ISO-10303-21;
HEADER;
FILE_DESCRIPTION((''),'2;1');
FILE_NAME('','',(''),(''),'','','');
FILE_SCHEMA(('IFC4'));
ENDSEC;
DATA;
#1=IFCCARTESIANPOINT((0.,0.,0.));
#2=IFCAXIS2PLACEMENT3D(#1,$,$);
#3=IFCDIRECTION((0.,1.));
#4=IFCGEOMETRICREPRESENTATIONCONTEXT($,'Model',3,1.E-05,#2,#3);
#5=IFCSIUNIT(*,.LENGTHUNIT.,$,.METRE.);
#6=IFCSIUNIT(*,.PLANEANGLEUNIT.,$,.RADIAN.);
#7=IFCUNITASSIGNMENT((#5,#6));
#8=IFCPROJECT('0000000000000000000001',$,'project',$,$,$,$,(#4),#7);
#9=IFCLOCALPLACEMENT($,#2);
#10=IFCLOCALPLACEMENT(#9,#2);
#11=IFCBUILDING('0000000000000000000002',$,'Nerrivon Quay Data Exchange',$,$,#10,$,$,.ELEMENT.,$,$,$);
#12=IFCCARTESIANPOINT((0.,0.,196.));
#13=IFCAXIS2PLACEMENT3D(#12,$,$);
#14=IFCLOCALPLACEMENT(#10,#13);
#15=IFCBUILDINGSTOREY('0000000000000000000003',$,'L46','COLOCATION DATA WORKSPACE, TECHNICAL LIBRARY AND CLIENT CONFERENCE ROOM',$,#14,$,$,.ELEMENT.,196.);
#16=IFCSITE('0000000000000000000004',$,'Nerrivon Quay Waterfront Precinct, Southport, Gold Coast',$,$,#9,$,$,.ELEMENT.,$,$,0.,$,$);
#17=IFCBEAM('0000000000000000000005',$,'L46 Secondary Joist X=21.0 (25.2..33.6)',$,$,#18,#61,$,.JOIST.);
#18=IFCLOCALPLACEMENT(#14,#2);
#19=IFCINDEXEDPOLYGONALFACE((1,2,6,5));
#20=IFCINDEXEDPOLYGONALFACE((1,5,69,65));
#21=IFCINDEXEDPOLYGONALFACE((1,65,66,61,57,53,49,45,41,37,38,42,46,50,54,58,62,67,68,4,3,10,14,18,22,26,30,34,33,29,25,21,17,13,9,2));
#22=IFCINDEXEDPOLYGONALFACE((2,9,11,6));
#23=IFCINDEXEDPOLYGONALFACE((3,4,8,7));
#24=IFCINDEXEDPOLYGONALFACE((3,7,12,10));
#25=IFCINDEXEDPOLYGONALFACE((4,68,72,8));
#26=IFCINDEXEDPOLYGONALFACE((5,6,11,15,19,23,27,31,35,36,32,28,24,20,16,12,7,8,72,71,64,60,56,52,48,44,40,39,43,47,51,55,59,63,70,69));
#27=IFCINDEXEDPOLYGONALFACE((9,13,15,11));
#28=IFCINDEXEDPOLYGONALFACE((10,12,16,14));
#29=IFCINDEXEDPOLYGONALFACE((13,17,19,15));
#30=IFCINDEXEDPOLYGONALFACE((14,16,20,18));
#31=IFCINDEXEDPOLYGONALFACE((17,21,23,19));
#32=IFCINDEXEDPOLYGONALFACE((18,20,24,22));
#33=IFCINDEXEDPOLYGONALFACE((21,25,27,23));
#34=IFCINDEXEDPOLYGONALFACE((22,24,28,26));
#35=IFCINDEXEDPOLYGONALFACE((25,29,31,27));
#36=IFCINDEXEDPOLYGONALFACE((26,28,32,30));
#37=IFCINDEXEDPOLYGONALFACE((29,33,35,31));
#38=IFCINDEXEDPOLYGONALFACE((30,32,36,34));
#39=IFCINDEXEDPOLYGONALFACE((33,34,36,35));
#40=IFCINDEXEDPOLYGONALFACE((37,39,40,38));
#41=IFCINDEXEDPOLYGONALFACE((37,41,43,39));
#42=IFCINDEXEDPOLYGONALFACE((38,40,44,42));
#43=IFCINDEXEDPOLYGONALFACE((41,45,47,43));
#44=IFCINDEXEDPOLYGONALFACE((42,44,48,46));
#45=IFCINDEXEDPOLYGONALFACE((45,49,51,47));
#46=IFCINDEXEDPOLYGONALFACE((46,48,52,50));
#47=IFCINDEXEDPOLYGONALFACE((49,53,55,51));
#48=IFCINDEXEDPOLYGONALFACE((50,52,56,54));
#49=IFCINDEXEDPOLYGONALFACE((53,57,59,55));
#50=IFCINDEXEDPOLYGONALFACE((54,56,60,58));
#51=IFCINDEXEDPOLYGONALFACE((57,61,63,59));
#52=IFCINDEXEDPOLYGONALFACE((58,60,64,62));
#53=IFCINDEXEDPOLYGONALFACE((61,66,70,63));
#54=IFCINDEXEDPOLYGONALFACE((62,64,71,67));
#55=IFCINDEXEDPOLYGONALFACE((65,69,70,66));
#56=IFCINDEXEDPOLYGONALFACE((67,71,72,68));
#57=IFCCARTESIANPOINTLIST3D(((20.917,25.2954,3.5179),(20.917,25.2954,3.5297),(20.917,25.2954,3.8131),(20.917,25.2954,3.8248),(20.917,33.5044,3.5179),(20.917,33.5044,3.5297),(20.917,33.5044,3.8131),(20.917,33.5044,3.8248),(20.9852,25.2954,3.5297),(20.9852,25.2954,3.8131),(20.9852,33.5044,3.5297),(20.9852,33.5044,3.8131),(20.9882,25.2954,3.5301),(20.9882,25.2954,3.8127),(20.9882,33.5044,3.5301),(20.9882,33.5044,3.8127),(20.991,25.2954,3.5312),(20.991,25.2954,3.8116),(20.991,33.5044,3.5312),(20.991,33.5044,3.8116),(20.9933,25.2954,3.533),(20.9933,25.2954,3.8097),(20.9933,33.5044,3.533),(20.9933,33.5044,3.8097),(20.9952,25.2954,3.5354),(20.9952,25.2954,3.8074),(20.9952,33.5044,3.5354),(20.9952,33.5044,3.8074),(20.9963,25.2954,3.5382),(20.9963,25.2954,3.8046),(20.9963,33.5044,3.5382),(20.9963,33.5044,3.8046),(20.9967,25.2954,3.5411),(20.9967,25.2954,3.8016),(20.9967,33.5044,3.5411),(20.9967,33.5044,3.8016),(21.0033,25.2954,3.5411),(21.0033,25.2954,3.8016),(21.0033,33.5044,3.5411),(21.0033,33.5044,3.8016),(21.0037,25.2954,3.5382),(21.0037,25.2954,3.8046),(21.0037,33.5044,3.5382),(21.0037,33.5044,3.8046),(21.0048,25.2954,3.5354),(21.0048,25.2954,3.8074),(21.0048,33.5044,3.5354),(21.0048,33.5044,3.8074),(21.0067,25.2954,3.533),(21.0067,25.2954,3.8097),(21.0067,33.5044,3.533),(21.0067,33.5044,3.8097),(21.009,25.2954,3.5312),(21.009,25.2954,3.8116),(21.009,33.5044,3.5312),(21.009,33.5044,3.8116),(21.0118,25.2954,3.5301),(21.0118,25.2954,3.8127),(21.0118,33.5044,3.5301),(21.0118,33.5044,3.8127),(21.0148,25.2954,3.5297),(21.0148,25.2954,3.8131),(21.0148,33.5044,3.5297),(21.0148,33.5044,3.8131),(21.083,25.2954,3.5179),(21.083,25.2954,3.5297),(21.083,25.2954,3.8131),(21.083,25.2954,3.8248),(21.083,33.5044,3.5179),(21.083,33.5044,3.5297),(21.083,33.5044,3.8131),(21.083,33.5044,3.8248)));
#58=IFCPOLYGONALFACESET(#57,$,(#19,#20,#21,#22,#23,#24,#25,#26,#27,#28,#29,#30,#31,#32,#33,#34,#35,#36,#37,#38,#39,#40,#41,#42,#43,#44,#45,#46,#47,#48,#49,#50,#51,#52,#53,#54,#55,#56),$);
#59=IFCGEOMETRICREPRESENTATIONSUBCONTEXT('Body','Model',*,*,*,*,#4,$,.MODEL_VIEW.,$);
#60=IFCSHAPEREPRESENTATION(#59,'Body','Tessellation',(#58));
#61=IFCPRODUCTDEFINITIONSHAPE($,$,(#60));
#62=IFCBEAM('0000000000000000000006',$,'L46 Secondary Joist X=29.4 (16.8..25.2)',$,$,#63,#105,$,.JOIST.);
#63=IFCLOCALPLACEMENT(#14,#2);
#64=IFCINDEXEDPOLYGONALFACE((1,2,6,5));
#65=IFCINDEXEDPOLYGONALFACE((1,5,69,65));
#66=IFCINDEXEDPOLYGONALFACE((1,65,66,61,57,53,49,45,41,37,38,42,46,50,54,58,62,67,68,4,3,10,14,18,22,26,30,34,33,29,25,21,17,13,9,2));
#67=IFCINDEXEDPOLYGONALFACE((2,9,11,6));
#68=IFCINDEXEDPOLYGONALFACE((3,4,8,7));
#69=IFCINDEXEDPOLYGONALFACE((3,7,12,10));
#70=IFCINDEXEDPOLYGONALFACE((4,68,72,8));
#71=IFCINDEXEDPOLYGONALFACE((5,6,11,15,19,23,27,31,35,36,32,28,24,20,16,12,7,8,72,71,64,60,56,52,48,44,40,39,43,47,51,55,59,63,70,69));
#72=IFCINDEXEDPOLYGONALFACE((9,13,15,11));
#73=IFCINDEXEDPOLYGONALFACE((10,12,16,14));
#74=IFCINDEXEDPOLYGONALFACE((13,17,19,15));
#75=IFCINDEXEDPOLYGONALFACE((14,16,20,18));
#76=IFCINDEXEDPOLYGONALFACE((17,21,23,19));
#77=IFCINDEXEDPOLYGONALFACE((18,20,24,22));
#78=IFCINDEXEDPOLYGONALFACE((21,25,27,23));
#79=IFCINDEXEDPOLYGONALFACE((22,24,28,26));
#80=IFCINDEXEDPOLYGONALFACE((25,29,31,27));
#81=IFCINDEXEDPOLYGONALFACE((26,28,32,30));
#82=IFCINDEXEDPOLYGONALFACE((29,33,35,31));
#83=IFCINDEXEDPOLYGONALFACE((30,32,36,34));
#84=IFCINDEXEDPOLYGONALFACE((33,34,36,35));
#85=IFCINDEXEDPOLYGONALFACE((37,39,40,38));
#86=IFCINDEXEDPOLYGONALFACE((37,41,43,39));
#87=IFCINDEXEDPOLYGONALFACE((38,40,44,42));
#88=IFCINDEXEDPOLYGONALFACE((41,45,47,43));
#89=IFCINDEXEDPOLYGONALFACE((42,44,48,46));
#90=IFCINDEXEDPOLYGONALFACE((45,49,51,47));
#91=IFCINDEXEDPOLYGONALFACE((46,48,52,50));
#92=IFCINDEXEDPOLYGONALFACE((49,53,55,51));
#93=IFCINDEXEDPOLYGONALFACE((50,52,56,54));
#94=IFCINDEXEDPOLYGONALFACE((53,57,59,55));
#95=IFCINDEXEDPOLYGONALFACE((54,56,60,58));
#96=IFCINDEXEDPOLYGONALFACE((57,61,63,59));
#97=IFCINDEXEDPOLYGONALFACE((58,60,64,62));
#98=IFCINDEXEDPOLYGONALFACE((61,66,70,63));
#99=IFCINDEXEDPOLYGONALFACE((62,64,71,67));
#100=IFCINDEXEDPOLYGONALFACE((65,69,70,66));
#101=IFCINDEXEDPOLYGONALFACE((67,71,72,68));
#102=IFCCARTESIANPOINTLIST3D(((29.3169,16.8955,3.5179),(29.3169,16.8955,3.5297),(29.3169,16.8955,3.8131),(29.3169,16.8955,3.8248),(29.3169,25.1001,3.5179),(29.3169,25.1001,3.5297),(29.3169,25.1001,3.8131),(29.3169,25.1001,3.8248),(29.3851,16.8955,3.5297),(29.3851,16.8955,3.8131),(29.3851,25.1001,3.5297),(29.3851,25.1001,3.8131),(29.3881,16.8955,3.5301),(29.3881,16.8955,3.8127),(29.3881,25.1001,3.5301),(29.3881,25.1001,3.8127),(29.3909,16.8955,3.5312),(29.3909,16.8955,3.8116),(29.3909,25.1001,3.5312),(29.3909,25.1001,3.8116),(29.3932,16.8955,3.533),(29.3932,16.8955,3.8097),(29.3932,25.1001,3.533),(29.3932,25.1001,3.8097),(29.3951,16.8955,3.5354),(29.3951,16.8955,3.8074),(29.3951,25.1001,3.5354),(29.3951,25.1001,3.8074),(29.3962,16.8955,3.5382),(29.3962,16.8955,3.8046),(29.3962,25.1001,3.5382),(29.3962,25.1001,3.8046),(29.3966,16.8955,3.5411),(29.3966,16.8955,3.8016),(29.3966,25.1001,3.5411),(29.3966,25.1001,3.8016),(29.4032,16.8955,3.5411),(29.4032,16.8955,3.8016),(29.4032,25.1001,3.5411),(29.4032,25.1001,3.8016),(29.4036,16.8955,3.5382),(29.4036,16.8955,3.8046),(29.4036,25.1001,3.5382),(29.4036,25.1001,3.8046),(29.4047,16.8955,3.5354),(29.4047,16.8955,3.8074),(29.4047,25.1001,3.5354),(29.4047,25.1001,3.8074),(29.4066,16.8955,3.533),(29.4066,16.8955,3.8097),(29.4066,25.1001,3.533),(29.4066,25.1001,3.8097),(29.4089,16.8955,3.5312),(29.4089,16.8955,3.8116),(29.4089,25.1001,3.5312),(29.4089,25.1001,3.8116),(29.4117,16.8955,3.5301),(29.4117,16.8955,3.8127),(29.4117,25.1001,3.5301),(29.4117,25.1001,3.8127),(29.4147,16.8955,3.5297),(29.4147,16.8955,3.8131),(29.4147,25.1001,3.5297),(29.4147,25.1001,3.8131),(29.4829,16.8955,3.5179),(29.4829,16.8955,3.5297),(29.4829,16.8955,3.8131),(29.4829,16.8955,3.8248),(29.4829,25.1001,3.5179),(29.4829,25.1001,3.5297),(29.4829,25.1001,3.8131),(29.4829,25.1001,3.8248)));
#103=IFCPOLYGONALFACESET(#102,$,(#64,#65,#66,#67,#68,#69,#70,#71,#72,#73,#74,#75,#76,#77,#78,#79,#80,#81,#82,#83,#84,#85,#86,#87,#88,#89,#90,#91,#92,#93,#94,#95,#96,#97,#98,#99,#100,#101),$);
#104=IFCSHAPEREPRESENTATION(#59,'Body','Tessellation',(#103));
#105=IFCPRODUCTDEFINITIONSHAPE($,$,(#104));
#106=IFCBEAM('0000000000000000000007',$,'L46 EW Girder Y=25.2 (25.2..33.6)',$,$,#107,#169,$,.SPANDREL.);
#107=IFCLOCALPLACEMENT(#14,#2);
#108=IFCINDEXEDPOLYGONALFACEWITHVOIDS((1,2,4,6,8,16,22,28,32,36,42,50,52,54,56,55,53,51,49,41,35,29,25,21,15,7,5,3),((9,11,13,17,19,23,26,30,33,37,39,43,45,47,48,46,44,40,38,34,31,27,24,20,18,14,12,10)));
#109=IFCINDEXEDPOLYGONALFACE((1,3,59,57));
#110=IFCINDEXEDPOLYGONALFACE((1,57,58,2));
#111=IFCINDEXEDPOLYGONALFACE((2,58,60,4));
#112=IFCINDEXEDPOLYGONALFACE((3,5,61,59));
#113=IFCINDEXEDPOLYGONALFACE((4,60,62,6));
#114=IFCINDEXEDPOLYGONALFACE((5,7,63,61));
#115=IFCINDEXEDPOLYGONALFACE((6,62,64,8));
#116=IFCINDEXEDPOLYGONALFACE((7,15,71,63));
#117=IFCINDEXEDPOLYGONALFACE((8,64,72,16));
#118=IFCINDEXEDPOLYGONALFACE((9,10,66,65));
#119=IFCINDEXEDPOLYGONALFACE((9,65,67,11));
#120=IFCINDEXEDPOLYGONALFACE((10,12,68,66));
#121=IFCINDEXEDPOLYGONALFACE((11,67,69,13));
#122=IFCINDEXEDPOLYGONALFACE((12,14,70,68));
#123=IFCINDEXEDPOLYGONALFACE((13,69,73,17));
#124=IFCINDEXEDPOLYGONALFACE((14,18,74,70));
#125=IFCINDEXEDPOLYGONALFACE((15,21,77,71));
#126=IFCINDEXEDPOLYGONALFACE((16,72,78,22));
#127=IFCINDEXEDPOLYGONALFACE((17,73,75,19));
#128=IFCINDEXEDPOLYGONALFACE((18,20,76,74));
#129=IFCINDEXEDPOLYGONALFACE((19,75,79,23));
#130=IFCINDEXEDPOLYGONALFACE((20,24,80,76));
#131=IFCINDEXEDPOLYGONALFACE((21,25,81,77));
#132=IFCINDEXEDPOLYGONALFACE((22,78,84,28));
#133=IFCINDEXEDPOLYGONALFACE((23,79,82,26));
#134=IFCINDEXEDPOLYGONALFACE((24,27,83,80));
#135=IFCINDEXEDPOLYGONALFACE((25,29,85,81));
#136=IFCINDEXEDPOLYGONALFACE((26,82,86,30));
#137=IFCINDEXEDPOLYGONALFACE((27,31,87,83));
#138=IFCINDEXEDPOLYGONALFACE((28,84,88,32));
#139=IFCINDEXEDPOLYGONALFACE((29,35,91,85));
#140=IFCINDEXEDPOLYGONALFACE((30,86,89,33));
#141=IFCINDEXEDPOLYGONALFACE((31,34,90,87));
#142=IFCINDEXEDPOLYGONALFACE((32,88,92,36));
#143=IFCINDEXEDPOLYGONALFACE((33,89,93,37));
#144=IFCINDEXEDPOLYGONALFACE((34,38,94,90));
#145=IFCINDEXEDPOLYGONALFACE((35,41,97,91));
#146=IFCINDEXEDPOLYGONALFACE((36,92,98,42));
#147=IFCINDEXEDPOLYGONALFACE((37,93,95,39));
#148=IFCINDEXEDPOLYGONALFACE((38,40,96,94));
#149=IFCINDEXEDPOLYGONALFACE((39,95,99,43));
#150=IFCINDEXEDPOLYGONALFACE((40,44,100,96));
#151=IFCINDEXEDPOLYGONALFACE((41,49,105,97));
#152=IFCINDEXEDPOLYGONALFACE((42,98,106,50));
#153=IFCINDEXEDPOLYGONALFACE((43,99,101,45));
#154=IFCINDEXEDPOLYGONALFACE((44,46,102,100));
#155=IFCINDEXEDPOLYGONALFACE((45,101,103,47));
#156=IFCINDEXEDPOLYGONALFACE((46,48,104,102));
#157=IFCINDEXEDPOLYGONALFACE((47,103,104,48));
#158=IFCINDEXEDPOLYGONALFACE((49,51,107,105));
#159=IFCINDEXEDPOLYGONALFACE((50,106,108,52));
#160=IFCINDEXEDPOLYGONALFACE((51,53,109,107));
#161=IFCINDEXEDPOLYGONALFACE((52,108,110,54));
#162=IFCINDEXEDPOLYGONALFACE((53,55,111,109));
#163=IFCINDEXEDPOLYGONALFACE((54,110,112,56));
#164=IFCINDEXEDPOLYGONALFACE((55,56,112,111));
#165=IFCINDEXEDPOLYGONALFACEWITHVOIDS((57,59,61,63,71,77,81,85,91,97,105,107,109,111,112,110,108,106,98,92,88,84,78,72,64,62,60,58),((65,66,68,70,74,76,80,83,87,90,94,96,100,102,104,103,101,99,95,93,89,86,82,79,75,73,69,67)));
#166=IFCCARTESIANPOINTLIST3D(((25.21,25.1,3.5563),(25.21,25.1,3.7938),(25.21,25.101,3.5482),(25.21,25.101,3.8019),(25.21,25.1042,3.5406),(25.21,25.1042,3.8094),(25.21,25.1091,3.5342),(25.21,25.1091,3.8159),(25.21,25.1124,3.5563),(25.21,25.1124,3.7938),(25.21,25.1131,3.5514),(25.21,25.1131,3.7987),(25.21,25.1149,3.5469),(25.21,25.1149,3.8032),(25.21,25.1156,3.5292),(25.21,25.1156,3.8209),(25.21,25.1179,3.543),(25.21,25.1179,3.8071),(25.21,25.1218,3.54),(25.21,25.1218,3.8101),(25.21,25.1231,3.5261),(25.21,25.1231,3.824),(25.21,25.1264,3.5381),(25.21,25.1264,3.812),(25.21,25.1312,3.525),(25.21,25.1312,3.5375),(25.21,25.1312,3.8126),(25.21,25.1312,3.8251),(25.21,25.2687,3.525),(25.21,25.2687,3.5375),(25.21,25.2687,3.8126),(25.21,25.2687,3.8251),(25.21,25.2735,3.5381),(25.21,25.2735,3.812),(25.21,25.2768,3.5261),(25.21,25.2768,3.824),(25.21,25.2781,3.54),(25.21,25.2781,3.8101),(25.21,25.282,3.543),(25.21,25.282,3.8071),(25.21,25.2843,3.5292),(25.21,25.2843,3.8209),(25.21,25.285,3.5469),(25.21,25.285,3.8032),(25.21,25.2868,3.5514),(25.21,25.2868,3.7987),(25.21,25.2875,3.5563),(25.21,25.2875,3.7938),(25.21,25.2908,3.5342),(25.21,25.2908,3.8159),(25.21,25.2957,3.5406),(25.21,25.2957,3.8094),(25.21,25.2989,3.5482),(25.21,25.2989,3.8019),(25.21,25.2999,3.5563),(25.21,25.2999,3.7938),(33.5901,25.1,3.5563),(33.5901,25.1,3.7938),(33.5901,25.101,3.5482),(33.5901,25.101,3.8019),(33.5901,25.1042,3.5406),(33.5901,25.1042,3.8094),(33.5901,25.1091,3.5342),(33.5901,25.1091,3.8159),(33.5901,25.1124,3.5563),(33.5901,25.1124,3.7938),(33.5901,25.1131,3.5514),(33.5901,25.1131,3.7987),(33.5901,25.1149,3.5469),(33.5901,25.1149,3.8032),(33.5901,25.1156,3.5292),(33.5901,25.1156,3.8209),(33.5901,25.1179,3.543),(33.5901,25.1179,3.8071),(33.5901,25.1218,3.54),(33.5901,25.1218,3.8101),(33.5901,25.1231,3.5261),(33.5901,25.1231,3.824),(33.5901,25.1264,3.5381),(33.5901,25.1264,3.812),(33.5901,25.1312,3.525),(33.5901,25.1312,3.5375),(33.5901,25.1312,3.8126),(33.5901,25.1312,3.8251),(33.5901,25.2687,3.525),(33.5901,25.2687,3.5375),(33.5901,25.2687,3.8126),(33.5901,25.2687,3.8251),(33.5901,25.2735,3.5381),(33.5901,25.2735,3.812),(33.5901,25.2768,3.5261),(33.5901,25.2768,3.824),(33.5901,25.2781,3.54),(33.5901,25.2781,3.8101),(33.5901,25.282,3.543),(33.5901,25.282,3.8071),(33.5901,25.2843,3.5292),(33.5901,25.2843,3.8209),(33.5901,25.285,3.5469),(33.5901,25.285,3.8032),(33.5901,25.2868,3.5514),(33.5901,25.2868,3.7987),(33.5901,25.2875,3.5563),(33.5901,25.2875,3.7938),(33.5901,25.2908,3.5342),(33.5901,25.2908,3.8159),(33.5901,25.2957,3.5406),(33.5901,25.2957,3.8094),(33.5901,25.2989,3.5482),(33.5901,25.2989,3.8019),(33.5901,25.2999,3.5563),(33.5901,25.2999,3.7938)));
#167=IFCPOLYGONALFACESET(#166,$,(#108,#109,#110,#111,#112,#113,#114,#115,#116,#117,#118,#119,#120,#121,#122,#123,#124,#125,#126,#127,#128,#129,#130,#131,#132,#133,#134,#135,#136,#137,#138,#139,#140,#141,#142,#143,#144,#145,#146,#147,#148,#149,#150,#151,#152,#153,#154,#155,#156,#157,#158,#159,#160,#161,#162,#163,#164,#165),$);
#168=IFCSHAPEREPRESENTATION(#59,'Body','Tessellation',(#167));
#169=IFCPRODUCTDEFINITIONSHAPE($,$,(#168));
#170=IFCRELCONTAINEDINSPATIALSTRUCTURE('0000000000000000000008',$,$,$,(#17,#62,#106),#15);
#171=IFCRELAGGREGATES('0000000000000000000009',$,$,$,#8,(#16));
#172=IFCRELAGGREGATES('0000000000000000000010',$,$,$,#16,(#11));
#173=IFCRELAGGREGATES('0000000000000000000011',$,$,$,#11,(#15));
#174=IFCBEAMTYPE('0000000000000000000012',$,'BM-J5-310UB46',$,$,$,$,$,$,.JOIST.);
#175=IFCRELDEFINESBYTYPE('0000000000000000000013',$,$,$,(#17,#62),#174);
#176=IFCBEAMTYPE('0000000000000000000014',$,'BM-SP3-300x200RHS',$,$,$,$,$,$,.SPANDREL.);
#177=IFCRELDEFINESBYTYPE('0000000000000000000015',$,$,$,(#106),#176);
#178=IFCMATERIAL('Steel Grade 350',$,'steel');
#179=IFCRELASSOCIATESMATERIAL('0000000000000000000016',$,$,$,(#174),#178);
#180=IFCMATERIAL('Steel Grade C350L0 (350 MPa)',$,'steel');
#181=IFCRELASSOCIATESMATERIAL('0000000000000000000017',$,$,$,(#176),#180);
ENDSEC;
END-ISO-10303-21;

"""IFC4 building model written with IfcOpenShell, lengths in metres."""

from ifc_helpers import new_model, si_unit, direction, frame, origin, origin_2d, place, context, subcontext, project, spatial, hollow_rectangle, i_section, extrude, material, material_profile, profile_set, type_object, element, save


model = new_model("IFC4")

# Units and contexts
model_context = context("Model", 3, precision=1e-05, world=origin(), true_north=direction((0.0, 1.0)))
body_context = subcontext(model_context, "Body", "Model", "MODEL_VIEW")
ifc_project = project(units=[si_unit("LENGTHUNIT", "METRE"), si_unit("PLANEANGLEUNIT", "RADIAN")], contexts=[model_context])

# Site, building, storey
site_placement = place(None, origin())
site = spatial("IfcSite", under=ifc_project, at=site_placement, Name="Nerrivon Quay Waterfront Precinct, Southport, Gold Coast", CompositionType="ELEMENT", RefElevation=0.0)
building_placement = place(site_placement, origin())
building = spatial("IfcBuilding", under=site, at=building_placement, Name="Nerrivon Quay Data Exchange", CompositionType="ELEMENT")
storey_placement = place(building_placement, frame((0.0, 0.0, 196.0)))
storey = spatial("IfcBuildingStorey", under=building, at=storey_placement, Name="L46", Description="COLOCATION DATA WORKSPACE, TECHNICAL LIBRARY AND CLIENT CONFERENCE ROOM", CompositionType="ELEMENT", Elevation=196.0)

# Shared definitions
ifc_material_1 = material(Name="Steel Grade 350", Category="steel")

# Beams
ifc_material_profile_1 = material_profile(ifc_material_1, i_section(OverallWidth=0.166, OverallDepth=0.3069, WebThickness=0.0066, FlangeThickness=0.0117, FilletRadius=0.0115, at=origin_2d()), Name="310UB46.2")
ifc_profile_set_1 = profile_set([ifc_material_profile_1], Name="Steel Grade 350")
beam_type_1 = type_object("IfcBeamType", Name="BM-J5-310UB46", PredefinedType="JOIST", material=ifc_profile_set_1)
for number, where, z_axis, x_axis, name in (
    (1, (21.0, 25.2954, 3.6714), (0.0, 1.0, 0.0), (-1.0, 0.0, 0.0), "L46 Secondary Joist X=21.0 (25.2..33.6)"),
):
    element("IfcBeam", number, at=place(storey_placement, frame(where, z_axis=z_axis, x_axis=x_axis)), inside=storey, type_object=beam_type_1, Name=name, PredefinedType="JOIST", context=body_context, shape_type="SweptSolid", body=[
        extrude(i_section(OverallWidth=0.166, OverallDepth=0.3069, WebThickness=0.0066, FlangeThickness=0.0117, FilletRadius=0.0115, at=origin_2d()), origin(), (0.0, 0.0, 1.0), 8.209),
    ])
beam_1_placement = place(storey_placement, frame((29.3999, 16.8955, 3.6714), z_axis=(0.0, 1.0, 0.0), x_axis=(-1.0, 0.0, 0.0)))
element("IfcBeam", 2, at=beam_1_placement, inside=storey, type_object=beam_type_1, Name="L46 Secondary Joist X=29.4 (16.8..25.2)", PredefinedType="JOIST", context=body_context, shape_type="SweptSolid", body=[
    extrude(i_section(OverallWidth=0.166, OverallDepth=0.3069, WebThickness=0.0066, FlangeThickness=0.0117, FilletRadius=0.0115, at=origin_2d()), origin(), (0.0, 0.0, 1.0), 8.2046),
])
ifc_material_2 = material(Name="Steel Grade C350L0 (350 MPa)", Category="steel")
ifc_material_profile_2 = material_profile(ifc_material_2, hollow_rectangle(XDim=0.2, YDim=0.3, WallThickness=0.0125, InnerFilletRadius=0.0188, OuterFilletRadius=0.0312, at=origin_2d()), Name="300x200x12.5RHS")
ifc_profile_set_2 = profile_set([ifc_material_profile_2], Name="Steel Grade C350L0 (350 MPa)")
beam_type_2 = type_object("IfcBeamType", Name="BM-SP3-300x200RHS", PredefinedType="SPANDREL", material=ifc_profile_set_2)
beam_2_placement = place(storey_placement, frame((25.21, 25.2, 3.675), z_axis=(1.0, 0.0, 0.0), x_axis=(0.0, 1.0, 0.0)))
element("IfcBeam", 3, at=beam_2_placement, inside=storey, type_object=beam_type_2, Name="L46 EW Girder Y=25.2 (25.2..33.6)", PredefinedType="SPANDREL", context=body_context, shape_type="SweptSolid", body=[
    extrude(hollow_rectangle(XDim=0.2, YDim=0.3, WallThickness=0.0125, InnerFilletRadius=0.0188, OuterFilletRadius=0.0312, at=origin_2d()), origin(), (0.0, 0.0, 1.0), 8.3801),
])

save(model, "model.ifc")
